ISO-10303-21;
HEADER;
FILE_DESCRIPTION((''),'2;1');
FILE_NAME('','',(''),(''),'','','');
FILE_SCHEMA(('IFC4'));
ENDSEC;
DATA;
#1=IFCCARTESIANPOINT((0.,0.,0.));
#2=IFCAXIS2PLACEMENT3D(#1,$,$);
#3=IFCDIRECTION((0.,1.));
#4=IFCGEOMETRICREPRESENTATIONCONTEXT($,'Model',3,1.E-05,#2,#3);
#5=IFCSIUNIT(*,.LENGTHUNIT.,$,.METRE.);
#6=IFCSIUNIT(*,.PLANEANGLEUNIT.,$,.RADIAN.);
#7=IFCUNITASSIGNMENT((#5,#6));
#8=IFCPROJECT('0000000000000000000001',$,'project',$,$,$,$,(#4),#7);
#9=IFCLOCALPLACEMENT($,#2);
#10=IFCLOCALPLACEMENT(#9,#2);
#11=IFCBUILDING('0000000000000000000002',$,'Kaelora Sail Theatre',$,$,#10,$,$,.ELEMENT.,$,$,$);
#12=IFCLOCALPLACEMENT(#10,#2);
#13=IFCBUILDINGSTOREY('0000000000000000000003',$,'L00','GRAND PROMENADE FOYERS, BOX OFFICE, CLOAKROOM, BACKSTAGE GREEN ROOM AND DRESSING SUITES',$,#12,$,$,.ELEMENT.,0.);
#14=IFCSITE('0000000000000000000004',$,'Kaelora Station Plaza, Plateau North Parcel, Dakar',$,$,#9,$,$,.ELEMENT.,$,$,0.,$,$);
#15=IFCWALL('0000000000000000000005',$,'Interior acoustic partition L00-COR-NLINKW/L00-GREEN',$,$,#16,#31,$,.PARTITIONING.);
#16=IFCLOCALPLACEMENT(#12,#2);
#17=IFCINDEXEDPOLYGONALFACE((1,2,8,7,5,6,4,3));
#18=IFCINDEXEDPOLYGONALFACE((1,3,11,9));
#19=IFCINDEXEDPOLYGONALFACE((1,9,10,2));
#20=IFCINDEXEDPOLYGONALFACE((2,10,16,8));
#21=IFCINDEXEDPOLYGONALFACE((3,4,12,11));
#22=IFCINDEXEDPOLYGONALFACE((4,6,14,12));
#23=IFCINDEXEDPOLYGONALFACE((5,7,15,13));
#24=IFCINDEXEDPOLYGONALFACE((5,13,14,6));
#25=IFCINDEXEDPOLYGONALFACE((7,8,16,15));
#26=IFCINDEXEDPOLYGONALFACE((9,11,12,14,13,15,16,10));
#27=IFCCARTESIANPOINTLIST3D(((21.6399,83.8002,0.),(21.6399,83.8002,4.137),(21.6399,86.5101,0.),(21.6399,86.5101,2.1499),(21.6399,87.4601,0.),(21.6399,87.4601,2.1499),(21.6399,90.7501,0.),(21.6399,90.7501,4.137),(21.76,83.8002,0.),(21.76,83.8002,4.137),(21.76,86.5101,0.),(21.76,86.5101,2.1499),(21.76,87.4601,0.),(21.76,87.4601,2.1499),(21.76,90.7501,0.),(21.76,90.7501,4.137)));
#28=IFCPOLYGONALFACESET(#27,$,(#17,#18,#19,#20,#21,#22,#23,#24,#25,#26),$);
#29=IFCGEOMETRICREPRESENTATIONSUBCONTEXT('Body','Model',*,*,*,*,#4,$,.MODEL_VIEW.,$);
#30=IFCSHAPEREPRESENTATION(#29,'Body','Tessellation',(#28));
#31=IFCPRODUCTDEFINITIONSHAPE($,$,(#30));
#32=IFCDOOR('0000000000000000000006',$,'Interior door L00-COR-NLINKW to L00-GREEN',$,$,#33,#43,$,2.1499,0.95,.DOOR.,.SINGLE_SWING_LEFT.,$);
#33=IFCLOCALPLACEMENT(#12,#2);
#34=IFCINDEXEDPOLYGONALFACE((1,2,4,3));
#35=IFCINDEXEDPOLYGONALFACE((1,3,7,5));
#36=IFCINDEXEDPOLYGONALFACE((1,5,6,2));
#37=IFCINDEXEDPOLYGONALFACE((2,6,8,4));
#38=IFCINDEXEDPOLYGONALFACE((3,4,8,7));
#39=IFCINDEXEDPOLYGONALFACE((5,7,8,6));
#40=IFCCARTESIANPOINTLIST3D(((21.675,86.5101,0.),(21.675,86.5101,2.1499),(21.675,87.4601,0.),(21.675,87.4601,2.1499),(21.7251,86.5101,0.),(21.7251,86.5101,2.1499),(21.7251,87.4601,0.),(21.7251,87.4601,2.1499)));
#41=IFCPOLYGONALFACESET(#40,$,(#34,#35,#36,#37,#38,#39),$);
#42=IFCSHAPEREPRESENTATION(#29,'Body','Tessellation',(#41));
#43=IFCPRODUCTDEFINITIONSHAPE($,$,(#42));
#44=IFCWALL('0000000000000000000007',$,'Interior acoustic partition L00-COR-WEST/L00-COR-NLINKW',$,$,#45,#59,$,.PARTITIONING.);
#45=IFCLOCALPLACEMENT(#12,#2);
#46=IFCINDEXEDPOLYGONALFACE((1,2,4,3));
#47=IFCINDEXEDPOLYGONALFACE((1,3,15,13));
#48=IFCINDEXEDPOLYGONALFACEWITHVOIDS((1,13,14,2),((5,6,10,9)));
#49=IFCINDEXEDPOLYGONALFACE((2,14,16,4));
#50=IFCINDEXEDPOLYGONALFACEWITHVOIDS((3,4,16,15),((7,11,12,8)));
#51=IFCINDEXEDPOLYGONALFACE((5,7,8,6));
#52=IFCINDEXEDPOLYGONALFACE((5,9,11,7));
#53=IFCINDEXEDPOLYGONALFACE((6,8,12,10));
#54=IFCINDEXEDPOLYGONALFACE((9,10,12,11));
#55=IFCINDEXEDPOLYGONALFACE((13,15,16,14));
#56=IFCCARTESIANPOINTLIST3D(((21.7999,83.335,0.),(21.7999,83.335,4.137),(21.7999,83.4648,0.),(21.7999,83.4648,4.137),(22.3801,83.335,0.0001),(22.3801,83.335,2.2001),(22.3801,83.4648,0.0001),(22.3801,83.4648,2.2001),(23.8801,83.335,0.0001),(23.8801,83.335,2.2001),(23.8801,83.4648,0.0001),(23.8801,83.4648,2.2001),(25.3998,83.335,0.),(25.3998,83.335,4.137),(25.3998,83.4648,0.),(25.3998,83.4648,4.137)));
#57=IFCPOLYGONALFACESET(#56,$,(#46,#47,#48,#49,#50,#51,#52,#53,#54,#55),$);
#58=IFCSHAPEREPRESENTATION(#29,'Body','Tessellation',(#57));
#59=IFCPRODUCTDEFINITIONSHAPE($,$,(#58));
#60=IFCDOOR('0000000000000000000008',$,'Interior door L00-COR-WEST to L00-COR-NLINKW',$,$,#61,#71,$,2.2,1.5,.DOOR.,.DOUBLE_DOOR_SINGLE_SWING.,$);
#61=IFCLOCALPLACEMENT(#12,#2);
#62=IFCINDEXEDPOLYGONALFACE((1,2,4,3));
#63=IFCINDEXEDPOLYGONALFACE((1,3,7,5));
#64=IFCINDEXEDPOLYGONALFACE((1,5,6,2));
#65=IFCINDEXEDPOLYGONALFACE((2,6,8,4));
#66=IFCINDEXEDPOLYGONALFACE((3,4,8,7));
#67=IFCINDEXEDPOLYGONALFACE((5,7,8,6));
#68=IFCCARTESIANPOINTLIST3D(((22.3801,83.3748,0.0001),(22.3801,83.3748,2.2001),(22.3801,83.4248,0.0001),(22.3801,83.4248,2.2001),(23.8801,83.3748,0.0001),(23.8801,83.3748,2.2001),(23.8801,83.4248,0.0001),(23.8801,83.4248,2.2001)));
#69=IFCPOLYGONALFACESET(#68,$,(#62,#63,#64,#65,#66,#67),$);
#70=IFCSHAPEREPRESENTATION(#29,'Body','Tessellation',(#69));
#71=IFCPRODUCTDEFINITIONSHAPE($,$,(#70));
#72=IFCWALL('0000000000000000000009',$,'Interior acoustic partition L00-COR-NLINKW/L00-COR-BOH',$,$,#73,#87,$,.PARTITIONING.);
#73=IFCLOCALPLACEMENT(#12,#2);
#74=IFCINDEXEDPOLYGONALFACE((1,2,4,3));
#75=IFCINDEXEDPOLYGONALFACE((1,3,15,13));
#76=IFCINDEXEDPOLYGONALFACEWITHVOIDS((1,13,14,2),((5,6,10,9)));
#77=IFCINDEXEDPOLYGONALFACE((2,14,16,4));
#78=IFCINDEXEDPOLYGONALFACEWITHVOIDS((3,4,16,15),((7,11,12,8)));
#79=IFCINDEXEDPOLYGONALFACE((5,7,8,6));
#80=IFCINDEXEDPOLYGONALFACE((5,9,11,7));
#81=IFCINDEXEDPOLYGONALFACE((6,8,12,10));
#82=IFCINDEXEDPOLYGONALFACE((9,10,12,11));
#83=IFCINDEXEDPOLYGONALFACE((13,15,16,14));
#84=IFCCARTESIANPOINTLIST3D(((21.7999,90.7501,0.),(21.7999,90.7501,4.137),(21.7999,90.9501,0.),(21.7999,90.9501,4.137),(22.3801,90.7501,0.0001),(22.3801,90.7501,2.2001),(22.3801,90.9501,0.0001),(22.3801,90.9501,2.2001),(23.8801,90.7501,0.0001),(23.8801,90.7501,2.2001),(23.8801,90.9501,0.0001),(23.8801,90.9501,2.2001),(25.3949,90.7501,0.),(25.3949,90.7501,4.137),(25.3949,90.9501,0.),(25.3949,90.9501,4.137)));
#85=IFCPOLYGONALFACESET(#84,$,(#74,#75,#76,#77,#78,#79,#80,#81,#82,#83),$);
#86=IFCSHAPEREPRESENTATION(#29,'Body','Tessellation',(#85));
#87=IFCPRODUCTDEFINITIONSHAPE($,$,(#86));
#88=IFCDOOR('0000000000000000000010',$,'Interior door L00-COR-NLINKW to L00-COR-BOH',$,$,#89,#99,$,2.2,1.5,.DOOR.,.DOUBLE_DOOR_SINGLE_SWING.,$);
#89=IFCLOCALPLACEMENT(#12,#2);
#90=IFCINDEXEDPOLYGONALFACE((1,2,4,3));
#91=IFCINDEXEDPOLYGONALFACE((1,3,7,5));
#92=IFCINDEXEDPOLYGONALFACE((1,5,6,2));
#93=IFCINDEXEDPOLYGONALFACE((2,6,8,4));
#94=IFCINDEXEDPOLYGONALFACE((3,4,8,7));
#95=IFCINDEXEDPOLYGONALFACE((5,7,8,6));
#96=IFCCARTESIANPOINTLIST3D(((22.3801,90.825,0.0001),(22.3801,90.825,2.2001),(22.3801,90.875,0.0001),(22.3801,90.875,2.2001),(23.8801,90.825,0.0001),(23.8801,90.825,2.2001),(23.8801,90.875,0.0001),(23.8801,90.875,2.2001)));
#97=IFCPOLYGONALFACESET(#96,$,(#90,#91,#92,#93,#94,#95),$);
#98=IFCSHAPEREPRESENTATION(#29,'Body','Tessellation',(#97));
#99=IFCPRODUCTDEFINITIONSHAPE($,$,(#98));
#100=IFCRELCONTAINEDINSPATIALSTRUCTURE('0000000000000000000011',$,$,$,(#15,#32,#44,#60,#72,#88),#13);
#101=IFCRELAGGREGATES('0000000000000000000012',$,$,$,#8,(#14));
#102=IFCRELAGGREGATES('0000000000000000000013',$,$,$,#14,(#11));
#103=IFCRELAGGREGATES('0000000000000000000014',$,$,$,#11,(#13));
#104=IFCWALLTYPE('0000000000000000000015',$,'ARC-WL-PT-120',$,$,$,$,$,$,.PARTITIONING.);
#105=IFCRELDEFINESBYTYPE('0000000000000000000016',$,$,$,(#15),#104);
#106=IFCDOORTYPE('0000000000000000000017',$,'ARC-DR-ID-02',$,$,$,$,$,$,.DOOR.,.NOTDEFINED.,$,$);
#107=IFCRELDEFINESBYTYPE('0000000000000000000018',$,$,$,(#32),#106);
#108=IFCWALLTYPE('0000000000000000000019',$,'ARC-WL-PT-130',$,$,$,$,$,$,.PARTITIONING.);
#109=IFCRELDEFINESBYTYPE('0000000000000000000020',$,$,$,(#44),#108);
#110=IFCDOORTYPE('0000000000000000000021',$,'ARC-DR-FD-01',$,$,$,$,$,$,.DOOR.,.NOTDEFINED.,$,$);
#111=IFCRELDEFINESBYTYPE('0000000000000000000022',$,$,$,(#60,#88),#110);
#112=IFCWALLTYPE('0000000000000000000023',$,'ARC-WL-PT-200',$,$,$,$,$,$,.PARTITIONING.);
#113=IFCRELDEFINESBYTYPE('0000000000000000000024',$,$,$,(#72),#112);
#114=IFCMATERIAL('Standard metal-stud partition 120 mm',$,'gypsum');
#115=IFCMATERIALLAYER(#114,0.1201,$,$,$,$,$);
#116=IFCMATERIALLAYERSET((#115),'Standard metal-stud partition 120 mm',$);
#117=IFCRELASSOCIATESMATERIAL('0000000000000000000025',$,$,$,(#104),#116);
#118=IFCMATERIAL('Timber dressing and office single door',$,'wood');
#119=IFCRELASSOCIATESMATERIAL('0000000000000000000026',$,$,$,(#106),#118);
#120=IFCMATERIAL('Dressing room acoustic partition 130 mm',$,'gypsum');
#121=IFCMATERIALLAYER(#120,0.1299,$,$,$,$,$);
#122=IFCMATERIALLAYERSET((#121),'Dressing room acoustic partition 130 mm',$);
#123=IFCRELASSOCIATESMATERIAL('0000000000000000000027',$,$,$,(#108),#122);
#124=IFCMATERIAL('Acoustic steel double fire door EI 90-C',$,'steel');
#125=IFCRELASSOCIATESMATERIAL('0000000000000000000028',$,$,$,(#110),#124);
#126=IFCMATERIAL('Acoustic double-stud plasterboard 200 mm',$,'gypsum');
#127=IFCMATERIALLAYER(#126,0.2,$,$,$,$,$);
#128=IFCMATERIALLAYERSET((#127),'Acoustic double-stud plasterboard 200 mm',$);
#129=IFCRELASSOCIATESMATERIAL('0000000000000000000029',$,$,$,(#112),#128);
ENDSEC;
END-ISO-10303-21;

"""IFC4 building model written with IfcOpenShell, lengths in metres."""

from ifc_helpers import new_model, si_unit, direction, frame, frame_2d, origin, place, context, subcontext, project, spatial, rectangle, extrude, material, layer, layer_set, type_object, element, fill, save


model = new_model("IFC4")

# Units and contexts
model_context = context("Model", 3, precision=1e-05, world=origin(), true_north=direction((0.0, 1.0)))
body_context = subcontext(model_context, "Body", "Model", "MODEL_VIEW")
ifc_project = project(units=[si_unit("LENGTHUNIT", "METRE"), si_unit("PLANEANGLEUNIT", "RADIAN")], contexts=[model_context])

# Site, building, storey
site_placement = place(None, origin())
site = spatial("IfcSite", under=ifc_project, at=site_placement, Name="Kaelora Station Plaza, Plateau North Parcel, Dakar", CompositionType="ELEMENT", RefElevation=0.0)
building_placement = place(site_placement, origin())
building = spatial("IfcBuilding", under=site, at=building_placement, Name="Kaelora Sail Theatre", CompositionType="ELEMENT")
storey_placement = place(building_placement, origin())
storey = spatial("IfcBuildingStorey", under=building, at=storey_placement, Name="L00", Description="GRAND PROMENADE FOYERS, BOX OFFICE, CLOAKROOM, BACKSTAGE GREEN ROOM AND DRESSING SUITES", CompositionType="ELEMENT", Elevation=0.0)

# Walls, openings, doors
ifc_material_1 = material(Name="Standard metal-stud partition 120 mm", Category="gypsum")
ifc_layer_1 = layer(ifc_material_1, 0.1201)
ifc_layer_set_1 = layer_set([ifc_layer_1], Name="Standard metal-stud partition 120 mm")
wall_type_1 = type_object("IfcWallType", Name="ARC-WL-PT-120", PredefinedType="PARTITIONING", material=ifc_layer_set_1)
wall_1_placement = place(storey_placement, frame((21.7, 83.8, 0.0), z_axis=(0.0, 0.0, 1.0), x_axis=(0.0, 1.0, 0.0)))
wall_1 = element("IfcWall", 1, at=wall_1_placement, inside=storey, type_object=wall_type_1, Name="Interior acoustic partition L00-COR-NLINKW/L00-GREEN", PredefinedType="PARTITIONING", context=body_context, shape_type="SweptSolid", body=[
    extrude(rectangle(XDim=6.95, YDim=0.1201, at=frame_2d((3.4751, 0.0))), origin(), (0.0, 0.0, 1.0), 4.137),
])
opening_1_placement = place(wall_1_placement, frame((2.71, 0.0, 0.0)))
opening_1 = element("IfcOpeningElement", 2, at=opening_1_placement, cuts=wall_1, PredefinedType="OPENING", context=body_context, shape_type="SweptSolid", body=[
    extrude(rectangle(XDim=0.95, YDim=2.1499, at=frame_2d((0.4751, 1.075))), frame((0.0, 0.0701, 0.0), z_axis=(0.0, -1.0, 0.0), x_axis=(1.0, 0.0, 0.0)), (0.0, 0.0, 1.0), 0.1401),
])
ifc_material_2 = material(Name="Timber dressing and office single door", Category="wood")
door_type_1 = type_object("IfcDoorType", Name="ARC-DR-ID-02", OperationType="NOTDEFINED", PredefinedType="DOOR", material=ifc_material_2)
door_1_placement = place(opening_1_placement, origin())
door_1 = element("IfcDoor", 3, at=door_1_placement, inside=storey, type_object=door_type_1, Name="Interior door L00-COR-NLINKW to L00-GREEN", OperationType="SINGLE_SWING_LEFT", OverallHeight=2.1499, OverallWidth=0.95, PredefinedType="DOOR", context=body_context, shape_type="SweptSolid", body=[
    extrude(rectangle(XDim=0.95, YDim=2.1499, at=frame_2d((0.4751, 1.075))), frame((0.0, 0.0249, 0.0), z_axis=(0.0, -1.0, 0.0), x_axis=(1.0, 0.0, 0.0)), (0.0, 0.0, 1.0), 0.05),
])
fill(opening_1, door_1)
ifc_material_3 = material(Name="Dressing room acoustic partition 130 mm", Category="gypsum")
ifc_layer_2 = layer(ifc_material_3, 0.1299)
ifc_layer_set_2 = layer_set([ifc_layer_2], Name="Dressing room acoustic partition 130 mm")
wall_type_2 = type_object("IfcWallType", Name="ARC-WL-PT-130", PredefinedType="PARTITIONING", material=ifc_layer_set_2)
wall_2_placement = place(storey_placement, frame((21.8, 83.3999, 0.0), z_axis=(0.0, 0.0, 1.0), x_axis=(1.0, 0.0, 0.0)))
wall_2 = element("IfcWall", 4, at=wall_2_placement, inside=storey, type_object=wall_type_2, Name="Interior acoustic partition L00-COR-WEST/L00-COR-NLINKW", PredefinedType="PARTITIONING", context=body_context, shape_type="SweptSolid", body=[
    extrude(rectangle(XDim=3.5999, YDim=0.1299, at=frame_2d((1.7998, 0.0))), origin(), (0.0, 0.0, 1.0), 4.137),
])
opening_2_placement = place(wall_2_placement, frame((0.5801, 0.0, 0.0)))
opening_2 = element("IfcOpeningElement", 5, at=opening_2_placement, cuts=wall_2, PredefinedType="OPENING", context=body_context, shape_type="SweptSolid", body=[
    extrude(rectangle(XDim=1.5, YDim=2.2, at=frame_2d((0.75, 1.1001))), frame((0.0, 0.0749, 0.0), z_axis=(0.0, -1.0, 0.0), x_axis=(1.0, 0.0, 0.0)), (0.0, 0.0, 1.0), 0.1499),
])
ifc_material_4 = material(Name="Acoustic steel double fire door EI 90-C", Category="steel")
door_type_2 = type_object("IfcDoorType", Name="ARC-DR-FD-01", OperationType="NOTDEFINED", PredefinedType="DOOR", material=ifc_material_4)
door_2_placement = place(opening_2_placement, origin())
door_2 = element("IfcDoor", 6, at=door_2_placement, inside=storey, type_object=door_type_2, Name="Interior door L00-COR-WEST to L00-COR-NLINKW", OperationType="DOUBLE_DOOR_SINGLE_SWING", OverallHeight=2.2, OverallWidth=1.5, PredefinedType="DOOR", context=body_context, shape_type="SweptSolid", body=[
    extrude(rectangle(XDim=1.5, YDim=2.2, at=frame_2d((0.75, 1.1001))), frame((0.0, 0.0249, 0.0), z_axis=(0.0, -1.0, 0.0), x_axis=(1.0, 0.0, 0.0)), (0.0, 0.0, 1.0), 0.05),
])
fill(opening_2, door_2)
ifc_material_5 = material(Name="Acoustic double-stud plasterboard 200 mm", Category="gypsum")
ifc_layer_3 = layer(ifc_material_5, 0.2)
ifc_layer_set_3 = layer_set([ifc_layer_3], Name="Acoustic double-stud plasterboard 200 mm")
wall_type_3 = type_object("IfcWallType", Name="ARC-WL-PT-200", PredefinedType="PARTITIONING", material=ifc_layer_set_3)
wall_3_placement = place(storey_placement, frame((21.8, 90.8501, 0.0), z_axis=(0.0, 0.0, 1.0), x_axis=(1.0, 0.0, 0.0)))
wall_3 = element("IfcWall", 7, at=wall_3_placement, inside=storey, type_object=wall_type_3, Name="Interior acoustic partition L00-COR-NLINKW/L00-COR-BOH", PredefinedType="PARTITIONING", context=body_context, shape_type="SweptSolid", body=[
    extrude(rectangle(XDim=3.595, YDim=0.2, at=frame_2d((1.7974, 0.0))), origin(), (0.0, 0.0, 1.0), 4.137),
])
opening_3_placement = place(wall_3_placement, frame((0.5801, 0.0, 0.0)))
opening_3 = element("IfcOpeningElement", 8, at=opening_3_placement, cuts=wall_3, PredefinedType="OPENING", context=body_context, shape_type="SweptSolid", body=[
    extrude(rectangle(XDim=1.5, YDim=2.2, at=frame_2d((0.75, 1.1001))), frame((0.0, 0.1101, 0.0), z_axis=(0.0, -1.0, 0.0), x_axis=(1.0, 0.0, 0.0)), (0.0, 0.0, 1.0), 0.22),
])
door_3_placement = place(opening_3_placement, origin())
door_3 = element("IfcDoor", 9, at=door_3_placement, inside=storey, type_object=door_type_2, Name="Interior door L00-COR-NLINKW to L00-COR-BOH", OperationType="DOUBLE_DOOR_SINGLE_SWING", OverallHeight=2.2, OverallWidth=1.5, PredefinedType="DOOR", context=body_context, shape_type="SweptSolid", body=[
    extrude(rectangle(XDim=1.5, YDim=2.2, at=frame_2d((0.75, 1.1001))), frame((0.0, 0.0249, 0.0), z_axis=(0.0, -1.0, 0.0), x_axis=(1.0, 0.0, 0.0)), (0.0, 0.0, 1.0), 0.05),
])
fill(opening_3, door_3)

save(model, "model.ifc")
